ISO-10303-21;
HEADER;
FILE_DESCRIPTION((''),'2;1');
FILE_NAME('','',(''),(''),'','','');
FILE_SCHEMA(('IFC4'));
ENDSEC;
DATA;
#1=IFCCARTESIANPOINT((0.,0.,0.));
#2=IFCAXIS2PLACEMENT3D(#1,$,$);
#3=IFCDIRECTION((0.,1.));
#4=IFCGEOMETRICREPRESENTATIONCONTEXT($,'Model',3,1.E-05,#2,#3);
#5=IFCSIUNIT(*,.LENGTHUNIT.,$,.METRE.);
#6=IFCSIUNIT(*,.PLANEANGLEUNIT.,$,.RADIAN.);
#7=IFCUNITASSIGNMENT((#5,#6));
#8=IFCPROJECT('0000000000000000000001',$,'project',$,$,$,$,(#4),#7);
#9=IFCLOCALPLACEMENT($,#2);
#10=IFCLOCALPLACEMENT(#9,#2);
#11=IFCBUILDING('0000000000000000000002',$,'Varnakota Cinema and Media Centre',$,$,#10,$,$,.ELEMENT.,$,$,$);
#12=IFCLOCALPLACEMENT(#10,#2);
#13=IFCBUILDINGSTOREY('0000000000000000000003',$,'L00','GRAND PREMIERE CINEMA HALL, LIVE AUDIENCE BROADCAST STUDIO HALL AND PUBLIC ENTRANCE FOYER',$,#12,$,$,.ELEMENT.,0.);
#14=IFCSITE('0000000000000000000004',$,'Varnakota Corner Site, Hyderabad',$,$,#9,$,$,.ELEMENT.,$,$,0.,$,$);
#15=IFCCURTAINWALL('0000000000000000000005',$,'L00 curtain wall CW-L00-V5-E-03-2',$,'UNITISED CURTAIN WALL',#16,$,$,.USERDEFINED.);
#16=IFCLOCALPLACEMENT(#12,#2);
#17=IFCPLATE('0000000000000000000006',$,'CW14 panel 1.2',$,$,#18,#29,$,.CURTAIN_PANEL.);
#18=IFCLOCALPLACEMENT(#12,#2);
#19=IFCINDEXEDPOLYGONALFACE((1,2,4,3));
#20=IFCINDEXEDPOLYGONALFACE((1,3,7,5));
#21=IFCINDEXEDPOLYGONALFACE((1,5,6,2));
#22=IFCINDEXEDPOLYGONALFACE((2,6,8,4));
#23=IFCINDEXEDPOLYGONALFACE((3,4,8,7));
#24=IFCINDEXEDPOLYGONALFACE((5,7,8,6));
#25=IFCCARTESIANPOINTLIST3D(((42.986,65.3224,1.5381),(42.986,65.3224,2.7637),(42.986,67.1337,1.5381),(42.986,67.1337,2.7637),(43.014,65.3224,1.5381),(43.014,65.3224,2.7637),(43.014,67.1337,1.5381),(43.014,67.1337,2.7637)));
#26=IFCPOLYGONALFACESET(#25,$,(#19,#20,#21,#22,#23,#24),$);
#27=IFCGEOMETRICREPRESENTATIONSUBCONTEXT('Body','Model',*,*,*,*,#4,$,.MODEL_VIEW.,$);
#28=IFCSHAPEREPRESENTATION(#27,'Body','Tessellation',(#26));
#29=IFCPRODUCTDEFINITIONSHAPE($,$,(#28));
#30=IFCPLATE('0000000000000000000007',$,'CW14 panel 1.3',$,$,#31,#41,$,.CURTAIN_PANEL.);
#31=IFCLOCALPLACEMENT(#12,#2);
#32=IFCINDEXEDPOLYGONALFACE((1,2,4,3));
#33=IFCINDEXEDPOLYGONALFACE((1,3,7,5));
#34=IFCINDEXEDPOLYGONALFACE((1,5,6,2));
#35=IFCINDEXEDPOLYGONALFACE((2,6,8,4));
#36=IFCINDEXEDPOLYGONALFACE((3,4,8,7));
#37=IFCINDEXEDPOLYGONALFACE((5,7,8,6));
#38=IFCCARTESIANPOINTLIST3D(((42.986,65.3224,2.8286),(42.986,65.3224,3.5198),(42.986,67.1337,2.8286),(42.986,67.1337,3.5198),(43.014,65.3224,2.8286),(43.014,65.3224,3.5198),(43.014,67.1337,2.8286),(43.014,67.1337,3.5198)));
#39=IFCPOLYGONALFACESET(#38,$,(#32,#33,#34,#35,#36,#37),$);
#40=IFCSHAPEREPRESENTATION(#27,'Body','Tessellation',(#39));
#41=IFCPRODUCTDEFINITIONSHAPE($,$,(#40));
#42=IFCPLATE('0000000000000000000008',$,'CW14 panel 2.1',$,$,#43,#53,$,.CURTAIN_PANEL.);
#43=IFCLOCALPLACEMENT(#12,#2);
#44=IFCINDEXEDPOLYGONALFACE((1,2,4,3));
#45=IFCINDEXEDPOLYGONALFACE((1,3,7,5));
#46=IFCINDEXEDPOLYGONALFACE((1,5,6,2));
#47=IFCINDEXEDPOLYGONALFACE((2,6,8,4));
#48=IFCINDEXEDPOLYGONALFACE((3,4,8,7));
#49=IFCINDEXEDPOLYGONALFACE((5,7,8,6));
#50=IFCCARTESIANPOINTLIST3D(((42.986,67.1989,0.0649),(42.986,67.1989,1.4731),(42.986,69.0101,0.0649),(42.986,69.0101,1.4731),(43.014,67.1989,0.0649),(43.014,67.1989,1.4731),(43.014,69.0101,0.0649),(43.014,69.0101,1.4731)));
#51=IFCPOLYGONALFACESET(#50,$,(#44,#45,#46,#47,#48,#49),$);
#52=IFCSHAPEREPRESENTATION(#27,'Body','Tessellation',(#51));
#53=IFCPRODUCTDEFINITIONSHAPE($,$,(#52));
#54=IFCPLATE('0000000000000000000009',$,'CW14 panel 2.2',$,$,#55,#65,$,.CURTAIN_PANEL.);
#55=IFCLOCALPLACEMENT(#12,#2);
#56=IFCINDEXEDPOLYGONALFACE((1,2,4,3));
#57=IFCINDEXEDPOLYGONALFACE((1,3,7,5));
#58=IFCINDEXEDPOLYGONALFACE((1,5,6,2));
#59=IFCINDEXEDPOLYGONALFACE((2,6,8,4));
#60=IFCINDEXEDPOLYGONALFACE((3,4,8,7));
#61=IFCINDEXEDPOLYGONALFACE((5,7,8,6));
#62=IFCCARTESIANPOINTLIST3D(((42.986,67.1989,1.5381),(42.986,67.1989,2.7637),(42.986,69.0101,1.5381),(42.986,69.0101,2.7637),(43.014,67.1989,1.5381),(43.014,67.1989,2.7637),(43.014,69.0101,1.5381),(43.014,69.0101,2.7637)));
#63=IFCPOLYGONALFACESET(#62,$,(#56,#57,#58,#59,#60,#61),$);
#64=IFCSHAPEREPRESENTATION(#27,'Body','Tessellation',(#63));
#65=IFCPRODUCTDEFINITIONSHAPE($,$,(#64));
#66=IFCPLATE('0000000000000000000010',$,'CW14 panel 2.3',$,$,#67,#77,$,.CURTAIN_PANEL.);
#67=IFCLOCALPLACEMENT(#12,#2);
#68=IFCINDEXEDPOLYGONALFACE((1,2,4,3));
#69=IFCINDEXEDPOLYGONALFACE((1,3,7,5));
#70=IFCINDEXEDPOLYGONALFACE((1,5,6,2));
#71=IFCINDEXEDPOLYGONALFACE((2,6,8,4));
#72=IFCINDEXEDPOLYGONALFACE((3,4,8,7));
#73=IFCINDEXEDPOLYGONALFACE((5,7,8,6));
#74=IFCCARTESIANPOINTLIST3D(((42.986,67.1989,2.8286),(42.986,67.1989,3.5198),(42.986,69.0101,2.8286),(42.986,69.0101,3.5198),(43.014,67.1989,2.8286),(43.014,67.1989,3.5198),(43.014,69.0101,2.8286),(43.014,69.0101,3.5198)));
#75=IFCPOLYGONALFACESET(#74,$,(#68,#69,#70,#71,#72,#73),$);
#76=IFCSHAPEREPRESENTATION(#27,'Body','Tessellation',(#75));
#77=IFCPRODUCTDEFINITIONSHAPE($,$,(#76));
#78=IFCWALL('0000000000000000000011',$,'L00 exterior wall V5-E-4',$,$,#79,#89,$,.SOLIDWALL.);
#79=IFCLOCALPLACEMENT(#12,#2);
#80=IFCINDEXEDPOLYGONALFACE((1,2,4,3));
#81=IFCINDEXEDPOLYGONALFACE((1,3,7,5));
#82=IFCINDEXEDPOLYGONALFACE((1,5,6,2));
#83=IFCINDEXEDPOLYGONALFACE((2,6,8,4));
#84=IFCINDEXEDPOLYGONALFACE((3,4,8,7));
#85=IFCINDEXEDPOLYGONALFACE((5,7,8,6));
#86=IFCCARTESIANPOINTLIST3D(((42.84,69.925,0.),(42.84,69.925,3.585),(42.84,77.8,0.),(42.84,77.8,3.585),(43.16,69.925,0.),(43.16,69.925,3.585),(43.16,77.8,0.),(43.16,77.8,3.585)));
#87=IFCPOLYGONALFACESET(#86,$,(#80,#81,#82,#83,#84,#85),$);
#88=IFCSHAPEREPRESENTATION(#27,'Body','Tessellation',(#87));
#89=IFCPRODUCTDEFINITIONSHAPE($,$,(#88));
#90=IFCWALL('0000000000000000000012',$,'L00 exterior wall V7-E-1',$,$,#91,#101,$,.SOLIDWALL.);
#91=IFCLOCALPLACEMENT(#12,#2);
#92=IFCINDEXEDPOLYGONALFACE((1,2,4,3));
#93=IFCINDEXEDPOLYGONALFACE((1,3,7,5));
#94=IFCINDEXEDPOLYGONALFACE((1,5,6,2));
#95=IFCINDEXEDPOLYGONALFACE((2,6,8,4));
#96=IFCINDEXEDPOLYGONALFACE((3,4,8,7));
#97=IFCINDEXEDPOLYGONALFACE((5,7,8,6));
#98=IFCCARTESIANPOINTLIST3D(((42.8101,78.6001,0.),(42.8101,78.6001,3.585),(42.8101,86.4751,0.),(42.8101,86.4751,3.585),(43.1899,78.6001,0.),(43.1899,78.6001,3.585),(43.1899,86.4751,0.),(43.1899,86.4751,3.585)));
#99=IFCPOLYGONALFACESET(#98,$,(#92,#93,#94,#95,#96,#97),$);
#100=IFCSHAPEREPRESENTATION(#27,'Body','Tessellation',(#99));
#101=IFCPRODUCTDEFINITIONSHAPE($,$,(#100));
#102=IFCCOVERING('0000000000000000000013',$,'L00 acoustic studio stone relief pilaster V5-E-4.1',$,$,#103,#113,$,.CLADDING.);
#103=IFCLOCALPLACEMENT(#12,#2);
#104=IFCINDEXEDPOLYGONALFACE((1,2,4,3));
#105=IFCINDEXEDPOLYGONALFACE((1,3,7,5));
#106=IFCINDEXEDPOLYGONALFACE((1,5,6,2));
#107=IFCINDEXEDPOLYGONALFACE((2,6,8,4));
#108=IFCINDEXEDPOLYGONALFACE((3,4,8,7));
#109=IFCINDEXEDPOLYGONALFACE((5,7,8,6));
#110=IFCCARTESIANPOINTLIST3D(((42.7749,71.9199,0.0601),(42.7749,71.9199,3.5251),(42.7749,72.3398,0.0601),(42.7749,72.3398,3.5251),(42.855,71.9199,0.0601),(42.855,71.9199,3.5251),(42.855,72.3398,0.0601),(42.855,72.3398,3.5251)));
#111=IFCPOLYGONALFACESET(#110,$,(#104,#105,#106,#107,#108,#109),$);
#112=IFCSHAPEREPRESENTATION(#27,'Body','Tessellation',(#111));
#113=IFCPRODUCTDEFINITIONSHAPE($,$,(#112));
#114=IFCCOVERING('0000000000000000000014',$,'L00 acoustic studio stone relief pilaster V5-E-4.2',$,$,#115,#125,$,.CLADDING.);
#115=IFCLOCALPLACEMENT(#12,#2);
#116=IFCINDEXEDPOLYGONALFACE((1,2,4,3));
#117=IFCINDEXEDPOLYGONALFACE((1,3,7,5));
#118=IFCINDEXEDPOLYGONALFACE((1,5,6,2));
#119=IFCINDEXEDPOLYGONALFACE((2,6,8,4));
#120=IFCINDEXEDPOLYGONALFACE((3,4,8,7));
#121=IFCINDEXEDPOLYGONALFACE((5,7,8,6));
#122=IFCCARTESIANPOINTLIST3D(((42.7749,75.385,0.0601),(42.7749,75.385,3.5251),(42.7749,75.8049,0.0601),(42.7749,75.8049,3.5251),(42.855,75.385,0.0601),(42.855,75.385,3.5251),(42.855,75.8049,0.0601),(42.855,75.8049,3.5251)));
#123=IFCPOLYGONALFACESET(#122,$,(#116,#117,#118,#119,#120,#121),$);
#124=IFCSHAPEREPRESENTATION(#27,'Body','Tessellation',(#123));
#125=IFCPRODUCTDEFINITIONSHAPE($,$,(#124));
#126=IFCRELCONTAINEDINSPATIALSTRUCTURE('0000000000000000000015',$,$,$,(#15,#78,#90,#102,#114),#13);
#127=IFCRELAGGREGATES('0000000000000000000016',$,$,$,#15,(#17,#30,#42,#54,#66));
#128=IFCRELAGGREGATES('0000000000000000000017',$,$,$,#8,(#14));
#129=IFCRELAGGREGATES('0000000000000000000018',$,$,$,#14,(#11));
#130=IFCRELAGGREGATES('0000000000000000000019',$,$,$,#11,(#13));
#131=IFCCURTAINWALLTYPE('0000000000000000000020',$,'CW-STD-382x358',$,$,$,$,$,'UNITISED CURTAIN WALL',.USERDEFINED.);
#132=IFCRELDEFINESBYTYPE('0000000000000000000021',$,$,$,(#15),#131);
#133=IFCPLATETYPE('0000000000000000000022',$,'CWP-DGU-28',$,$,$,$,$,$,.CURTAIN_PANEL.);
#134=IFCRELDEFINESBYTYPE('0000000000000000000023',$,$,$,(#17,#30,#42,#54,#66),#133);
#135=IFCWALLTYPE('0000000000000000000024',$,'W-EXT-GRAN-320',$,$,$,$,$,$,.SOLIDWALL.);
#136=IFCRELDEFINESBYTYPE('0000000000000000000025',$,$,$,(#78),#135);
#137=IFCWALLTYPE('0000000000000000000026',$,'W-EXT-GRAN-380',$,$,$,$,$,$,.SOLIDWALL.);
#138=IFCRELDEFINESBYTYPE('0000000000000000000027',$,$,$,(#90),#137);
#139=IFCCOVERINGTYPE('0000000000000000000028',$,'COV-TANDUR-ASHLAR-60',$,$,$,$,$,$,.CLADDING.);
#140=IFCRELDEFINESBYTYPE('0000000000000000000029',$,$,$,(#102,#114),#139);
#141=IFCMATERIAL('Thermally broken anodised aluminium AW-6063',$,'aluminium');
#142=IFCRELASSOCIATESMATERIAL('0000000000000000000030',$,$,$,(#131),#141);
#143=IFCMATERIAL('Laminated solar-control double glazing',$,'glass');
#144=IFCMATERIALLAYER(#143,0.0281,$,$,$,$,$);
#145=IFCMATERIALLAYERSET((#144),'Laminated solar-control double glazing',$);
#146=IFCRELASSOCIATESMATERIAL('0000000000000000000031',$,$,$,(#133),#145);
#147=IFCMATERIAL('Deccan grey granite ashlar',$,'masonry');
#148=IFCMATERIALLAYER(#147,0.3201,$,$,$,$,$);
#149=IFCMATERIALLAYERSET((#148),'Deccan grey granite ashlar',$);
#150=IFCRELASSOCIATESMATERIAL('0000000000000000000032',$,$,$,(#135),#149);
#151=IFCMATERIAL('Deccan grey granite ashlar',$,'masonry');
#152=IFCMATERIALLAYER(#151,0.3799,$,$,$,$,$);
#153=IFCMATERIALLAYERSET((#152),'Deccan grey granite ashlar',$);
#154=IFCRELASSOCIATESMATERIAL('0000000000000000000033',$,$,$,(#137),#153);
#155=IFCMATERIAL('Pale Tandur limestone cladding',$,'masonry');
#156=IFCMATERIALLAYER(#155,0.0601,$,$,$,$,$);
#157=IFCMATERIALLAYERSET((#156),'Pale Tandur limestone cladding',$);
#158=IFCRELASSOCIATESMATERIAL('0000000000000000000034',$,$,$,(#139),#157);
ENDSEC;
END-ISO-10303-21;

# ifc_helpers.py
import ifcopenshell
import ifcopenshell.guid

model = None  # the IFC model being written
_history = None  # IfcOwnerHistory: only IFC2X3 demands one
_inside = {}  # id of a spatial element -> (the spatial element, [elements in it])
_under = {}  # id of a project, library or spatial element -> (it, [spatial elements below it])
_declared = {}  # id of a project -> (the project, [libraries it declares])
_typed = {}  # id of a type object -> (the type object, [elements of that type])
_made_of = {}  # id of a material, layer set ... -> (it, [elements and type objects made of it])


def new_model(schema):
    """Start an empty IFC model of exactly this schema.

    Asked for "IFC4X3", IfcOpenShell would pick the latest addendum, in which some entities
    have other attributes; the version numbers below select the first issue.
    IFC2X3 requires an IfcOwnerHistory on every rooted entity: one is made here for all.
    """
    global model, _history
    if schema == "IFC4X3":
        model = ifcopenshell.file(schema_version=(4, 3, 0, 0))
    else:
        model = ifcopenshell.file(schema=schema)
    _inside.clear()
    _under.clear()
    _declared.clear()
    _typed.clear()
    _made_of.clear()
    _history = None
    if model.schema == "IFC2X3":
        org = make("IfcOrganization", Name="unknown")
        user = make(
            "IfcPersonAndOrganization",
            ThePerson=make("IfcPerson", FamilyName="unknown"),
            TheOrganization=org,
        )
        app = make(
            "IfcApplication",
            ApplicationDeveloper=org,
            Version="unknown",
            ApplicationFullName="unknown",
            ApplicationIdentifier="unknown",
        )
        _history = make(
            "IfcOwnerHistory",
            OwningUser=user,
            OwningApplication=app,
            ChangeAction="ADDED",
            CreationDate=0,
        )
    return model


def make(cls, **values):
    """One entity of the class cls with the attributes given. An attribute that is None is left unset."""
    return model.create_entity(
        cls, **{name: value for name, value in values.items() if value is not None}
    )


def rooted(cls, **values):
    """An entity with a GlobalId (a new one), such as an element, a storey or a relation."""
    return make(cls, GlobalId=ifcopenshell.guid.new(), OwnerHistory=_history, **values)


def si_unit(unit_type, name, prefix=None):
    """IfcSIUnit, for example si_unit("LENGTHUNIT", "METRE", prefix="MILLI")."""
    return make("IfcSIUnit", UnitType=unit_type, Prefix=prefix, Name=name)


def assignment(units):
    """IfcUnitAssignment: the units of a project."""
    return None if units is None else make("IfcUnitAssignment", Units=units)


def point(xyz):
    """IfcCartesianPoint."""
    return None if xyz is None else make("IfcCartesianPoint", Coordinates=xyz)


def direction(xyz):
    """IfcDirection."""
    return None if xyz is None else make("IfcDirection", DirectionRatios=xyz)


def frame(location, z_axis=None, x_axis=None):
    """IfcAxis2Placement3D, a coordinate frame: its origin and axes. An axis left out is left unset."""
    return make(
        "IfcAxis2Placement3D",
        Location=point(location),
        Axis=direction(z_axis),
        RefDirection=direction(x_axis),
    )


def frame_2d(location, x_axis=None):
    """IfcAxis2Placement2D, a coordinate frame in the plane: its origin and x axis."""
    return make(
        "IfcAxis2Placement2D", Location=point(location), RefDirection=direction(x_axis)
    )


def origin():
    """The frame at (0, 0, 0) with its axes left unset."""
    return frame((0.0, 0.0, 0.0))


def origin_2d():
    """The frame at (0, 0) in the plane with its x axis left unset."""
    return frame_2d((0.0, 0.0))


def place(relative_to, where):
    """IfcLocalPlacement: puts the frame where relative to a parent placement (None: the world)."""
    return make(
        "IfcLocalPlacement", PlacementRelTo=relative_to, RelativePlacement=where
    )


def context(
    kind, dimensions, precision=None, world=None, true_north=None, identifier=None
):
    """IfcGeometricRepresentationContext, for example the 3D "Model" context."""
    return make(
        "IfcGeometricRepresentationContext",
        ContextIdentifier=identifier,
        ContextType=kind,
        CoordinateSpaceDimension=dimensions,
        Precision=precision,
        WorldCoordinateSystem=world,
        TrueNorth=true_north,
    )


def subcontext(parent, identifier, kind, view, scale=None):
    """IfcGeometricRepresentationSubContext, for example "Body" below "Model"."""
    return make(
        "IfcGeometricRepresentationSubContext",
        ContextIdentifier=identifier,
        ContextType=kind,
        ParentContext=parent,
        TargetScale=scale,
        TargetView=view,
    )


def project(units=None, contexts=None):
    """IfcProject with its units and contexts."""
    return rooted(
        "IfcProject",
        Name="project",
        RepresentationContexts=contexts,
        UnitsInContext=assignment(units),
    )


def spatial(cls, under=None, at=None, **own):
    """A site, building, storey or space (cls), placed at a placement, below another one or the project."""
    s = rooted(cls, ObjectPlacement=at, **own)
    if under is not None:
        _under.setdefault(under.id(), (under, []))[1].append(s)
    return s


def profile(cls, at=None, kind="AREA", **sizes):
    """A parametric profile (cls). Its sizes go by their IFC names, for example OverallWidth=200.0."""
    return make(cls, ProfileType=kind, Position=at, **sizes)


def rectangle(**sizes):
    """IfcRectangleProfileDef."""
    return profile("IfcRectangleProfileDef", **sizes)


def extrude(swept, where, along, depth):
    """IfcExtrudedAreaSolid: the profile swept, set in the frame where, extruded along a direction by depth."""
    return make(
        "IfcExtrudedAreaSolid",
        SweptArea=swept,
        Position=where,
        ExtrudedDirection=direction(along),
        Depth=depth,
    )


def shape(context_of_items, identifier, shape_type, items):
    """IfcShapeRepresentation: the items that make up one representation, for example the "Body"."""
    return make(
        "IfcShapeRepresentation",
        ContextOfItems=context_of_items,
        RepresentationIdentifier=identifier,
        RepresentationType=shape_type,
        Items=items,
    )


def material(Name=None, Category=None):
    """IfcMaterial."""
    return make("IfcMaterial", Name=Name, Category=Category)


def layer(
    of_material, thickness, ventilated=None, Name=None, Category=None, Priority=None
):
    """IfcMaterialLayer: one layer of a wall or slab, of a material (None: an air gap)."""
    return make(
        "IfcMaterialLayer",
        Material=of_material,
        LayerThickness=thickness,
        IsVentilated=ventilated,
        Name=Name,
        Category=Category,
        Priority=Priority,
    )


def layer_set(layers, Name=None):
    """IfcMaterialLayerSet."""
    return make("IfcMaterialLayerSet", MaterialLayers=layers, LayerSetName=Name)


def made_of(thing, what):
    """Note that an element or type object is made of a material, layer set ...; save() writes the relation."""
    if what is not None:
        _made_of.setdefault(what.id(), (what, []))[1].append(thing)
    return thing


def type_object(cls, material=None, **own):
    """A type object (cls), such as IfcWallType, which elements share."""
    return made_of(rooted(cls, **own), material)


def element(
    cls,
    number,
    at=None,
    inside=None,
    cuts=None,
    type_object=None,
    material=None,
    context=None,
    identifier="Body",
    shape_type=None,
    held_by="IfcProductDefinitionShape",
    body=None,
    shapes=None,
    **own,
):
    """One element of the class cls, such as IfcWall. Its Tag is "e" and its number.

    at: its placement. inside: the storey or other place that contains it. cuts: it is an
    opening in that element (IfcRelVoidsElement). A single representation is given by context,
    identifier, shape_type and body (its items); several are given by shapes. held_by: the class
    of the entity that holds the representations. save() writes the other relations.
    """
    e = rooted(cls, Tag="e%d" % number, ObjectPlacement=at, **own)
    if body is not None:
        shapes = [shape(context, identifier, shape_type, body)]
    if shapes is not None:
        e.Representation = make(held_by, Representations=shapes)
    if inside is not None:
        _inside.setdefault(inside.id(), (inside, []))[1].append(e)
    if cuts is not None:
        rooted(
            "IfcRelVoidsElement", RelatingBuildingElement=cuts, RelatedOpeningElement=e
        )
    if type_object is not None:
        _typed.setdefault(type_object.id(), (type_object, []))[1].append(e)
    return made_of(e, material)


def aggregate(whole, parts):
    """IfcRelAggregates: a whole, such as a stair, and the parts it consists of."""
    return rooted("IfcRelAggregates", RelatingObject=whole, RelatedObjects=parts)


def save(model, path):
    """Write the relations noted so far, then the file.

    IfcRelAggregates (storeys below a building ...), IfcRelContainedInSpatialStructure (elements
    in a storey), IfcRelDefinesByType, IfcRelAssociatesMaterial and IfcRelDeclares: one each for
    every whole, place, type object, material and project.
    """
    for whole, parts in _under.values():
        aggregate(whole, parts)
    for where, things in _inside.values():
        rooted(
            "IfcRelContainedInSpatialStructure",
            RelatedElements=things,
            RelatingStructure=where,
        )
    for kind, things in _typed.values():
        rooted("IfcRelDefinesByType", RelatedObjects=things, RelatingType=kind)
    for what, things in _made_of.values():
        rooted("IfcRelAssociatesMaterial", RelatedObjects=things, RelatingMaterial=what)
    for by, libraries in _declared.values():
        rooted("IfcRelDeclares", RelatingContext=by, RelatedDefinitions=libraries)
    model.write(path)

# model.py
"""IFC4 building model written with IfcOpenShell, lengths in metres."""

from ifc_helpers import new_model, si_unit, direction, frame, frame_2d, origin, origin_2d, place, context, subcontext, project, spatial, rectangle, extrude, material, layer, layer_set, type_object, element, aggregate, save


model = new_model("IFC4")

# Units and contexts
model_context = context("Model", 3, precision=1e-05, world=origin(), true_north=direction((0.0, 1.0)))
body_context = subcontext(model_context, "Body", "Model", "MODEL_VIEW")
ifc_project = project(units=[si_unit("LENGTHUNIT", "METRE"), si_unit("PLANEANGLEUNIT", "RADIAN")], contexts=[model_context])

# Site, building, storey
site_placement = place(None, origin())
site = spatial("IfcSite", under=ifc_project, at=site_placement, Name="Varnakota Corner Site, Hyderabad", CompositionType="ELEMENT", RefElevation=0.0)
building_placement = place(site_placement, origin())
building = spatial("IfcBuilding", under=site, at=building_placement, Name="Varnakota Cinema and Media Centre", CompositionType="ELEMENT")
storey_placement = place(building_placement, origin())
storey = spatial("IfcBuildingStorey", under=building, at=storey_placement, Name="L00", Description="GRAND PREMIERE CINEMA HALL, LIVE AUDIENCE BROADCAST STUDIO HALL AND PUBLIC ENTRANCE FOYER", CompositionType="ELEMENT", Elevation=0.0)

# Shared definitions
ifc_material_1 = material(Name="Thermally broken anodised aluminium AW-6063", Category="aluminium")
curtain_wall_type = type_object("IfcCurtainWallType", Name="CW-STD-382x358", ElementType="UNITISED CURTAIN WALL", PredefinedType="USERDEFINED", material=ifc_material_1)

# Curtain wall
curtain_wall_1_placement = place(storey_placement, origin())
curtain_wall_1 = element("IfcCurtainWall", 1, at=curtain_wall_1_placement, inside=storey, type_object=curtain_wall_type, Name="L00 curtain wall CW-L00-V5-E-03-2", ObjectType="UNITISED CURTAIN WALL", PredefinedType="USERDEFINED")

# Plates
ifc_material_2 = material(Name="Laminated solar-control double glazing", Category="glass")
ifc_layer_1 = layer(ifc_material_2, 0.0281)
ifc_layer_set_1 = layer_set([ifc_layer_1], Name="Laminated solar-control double glazing")
plate_type = type_object("IfcPlateType", Name="CWP-DGU-28", PredefinedType="CURTAIN_PANEL", material=ifc_layer_set_1)
plate_1_placement = place(storey_placement, frame((43.0, 66.228, 1.5381), z_axis=(0.0, 0.0, 1.0), x_axis=(0.0, 1.0, 0.0)))
plate_1 = element("IfcPlate", 2, at=plate_1_placement, type_object=plate_type, Name="CW14 panel 1.2", PredefinedType="CURTAIN_PANEL", context=body_context, shape_type="SweptSolid", body=[
    extrude(rectangle(XDim=1.8113, YDim=0.0281, at=origin_2d()), origin(), (0.0, 0.0, 1.0), 1.2256),
])
plate_2_placement = place(storey_placement, frame((43.0, 66.228, 2.8286), z_axis=(0.0, 0.0, 1.0), x_axis=(0.0, 1.0, 0.0)))
plate_2 = element("IfcPlate", 3, at=plate_2_placement, type_object=plate_type, Name="CW14 panel 1.3", PredefinedType="CURTAIN_PANEL", context=body_context, shape_type="SweptSolid", body=[
    extrude(rectangle(XDim=1.8113, YDim=0.0281, at=origin_2d()), origin(), (0.0, 0.0, 1.0), 0.6912),
])
plate_3_placement = place(storey_placement, frame((43.0, 68.1045, 0.0649), z_axis=(0.0, 0.0, 1.0), x_axis=(0.0, 1.0, 0.0)))
plate_3 = element("IfcPlate", 4, at=plate_3_placement, type_object=plate_type, Name="CW14 panel 2.1", PredefinedType="CURTAIN_PANEL", context=body_context, shape_type="SweptSolid", body=[
    extrude(rectangle(XDim=1.8113, YDim=0.0281, at=origin_2d()), origin(), (0.0, 0.0, 1.0), 1.4082),
])
plate_4_placement = place(storey_placement, frame((43.0, 68.1045, 1.5381), z_axis=(0.0, 0.0, 1.0), x_axis=(0.0, 1.0, 0.0)))
plate_4 = element("IfcPlate", 5, at=plate_4_placement, type_object=plate_type, Name="CW14 panel 2.2", PredefinedType="CURTAIN_PANEL", context=body_context, shape_type="SweptSolid", body=[
    extrude(rectangle(XDim=1.8113, YDim=0.0281, at=origin_2d()), origin(), (0.0, 0.0, 1.0), 1.2256),
])
plate_5_placement = place(storey_placement, frame((43.0, 68.1045, 2.8286), z_axis=(0.0, 0.0, 1.0), x_axis=(0.0, 1.0, 0.0)))
plate_5 = element("IfcPlate", 6, at=plate_5_placement, type_object=plate_type, Name="CW14 panel 2.3", PredefinedType="CURTAIN_PANEL", context=body_context, shape_type="SweptSolid", body=[
    extrude(rectangle(XDim=1.8113, YDim=0.0281, at=origin_2d()), origin(), (0.0, 0.0, 1.0), 0.6912),
])
aggregate(curtain_wall_1, [plate_1, plate_2, plate_3, plate_4, plate_5])

# Walls
ifc_material_3 = material(Name="Deccan grey granite ashlar", Category="masonry")
ifc_layer_2 = layer(ifc_material_3, 0.3201)
ifc_layer_set_2 = layer_set([ifc_layer_2], Name="Deccan grey granite ashlar")
wall_type_1 = type_object("IfcWallType", Name="W-EXT-GRAN-320", PredefinedType="SOLIDWALL", material=ifc_layer_set_2)
wall_1_placement = place(storey_placement, frame((43.0, 69.925, 0.0), z_axis=(0.0, 0.0, 1.0), x_axis=(0.0, 1.0, 0.0)))
element("IfcWall", 7, at=wall_1_placement, inside=storey, type_object=wall_type_1, Name="L00 exterior wall V5-E-4", PredefinedType="SOLIDWALL", context=body_context, shape_type="SweptSolid", body=[
    extrude(rectangle(XDim=7.875, YDim=0.3201, at=frame_2d((3.9375, 0.0))), origin(), (0.0, 0.0, 1.0), 3.585),
])
ifc_material_4 = material(Name="Deccan grey granite ashlar", Category="masonry")
ifc_layer_3 = layer(ifc_material_4, 0.3799)
ifc_layer_set_3 = layer_set([ifc_layer_3], Name="Deccan grey granite ashlar")
wall_type_2 = type_object("IfcWallType", Name="W-EXT-GRAN-380", PredefinedType="SOLIDWALL", material=ifc_layer_set_3)
wall_2_placement = place(storey_placement, frame((43.0, 78.6001, 0.0), z_axis=(0.0, 0.0, 1.0), x_axis=(0.0, 1.0, 0.0)))
element("IfcWall", 8, at=wall_2_placement, inside=storey, type_object=wall_type_2, Name="L00 exterior wall V7-E-1", PredefinedType="SOLIDWALL", context=body_context, shape_type="SweptSolid", body=[
    extrude(rectangle(XDim=7.875, YDim=0.3799, at=frame_2d((3.9375, 0.0))), origin(), (0.0, 0.0, 1.0), 3.585),
])

# Coverings
ifc_material_5 = material(Name="Pale Tandur limestone cladding", Category="masonry")
ifc_layer_4 = layer(ifc_material_5, 0.0601)
ifc_layer_set_4 = layer_set([ifc_layer_4], Name="Pale Tandur limestone cladding")
covering_type = type_object("IfcCoveringType", Name="COV-TANDUR-ASHLAR-60", PredefinedType="CLADDING", material=ifc_layer_set_4)
for number, where, z_axis, x_axis, name in (
    (9, (42.8149, 72.1299, 0.0601), (0.0, 0.0, 1.0), (0.0, 1.0, 0.0), "L00 acoustic studio stone relief pilaster V5-E-4.1"),
    (10, (42.8149, 75.595, 0.0601), (0.0, 0.0, 1.0), (0.0, 1.0, 0.0), "L00 acoustic studio stone relief pilaster V5-E-4.2"),
):
    element("IfcCovering", number, at=place(storey_placement, frame(where, z_axis=z_axis, x_axis=x_axis)), inside=storey, type_object=covering_type, Name=name, PredefinedType="CLADDING", context=body_context, shape_type="SweptSolid", body=[
        extrude(rectangle(XDim=0.4199, YDim=0.0801, at=origin_2d()), origin(), (0.0, 0.0, 1.0), 3.4651),
    ])

save(model, "model.ifc")
